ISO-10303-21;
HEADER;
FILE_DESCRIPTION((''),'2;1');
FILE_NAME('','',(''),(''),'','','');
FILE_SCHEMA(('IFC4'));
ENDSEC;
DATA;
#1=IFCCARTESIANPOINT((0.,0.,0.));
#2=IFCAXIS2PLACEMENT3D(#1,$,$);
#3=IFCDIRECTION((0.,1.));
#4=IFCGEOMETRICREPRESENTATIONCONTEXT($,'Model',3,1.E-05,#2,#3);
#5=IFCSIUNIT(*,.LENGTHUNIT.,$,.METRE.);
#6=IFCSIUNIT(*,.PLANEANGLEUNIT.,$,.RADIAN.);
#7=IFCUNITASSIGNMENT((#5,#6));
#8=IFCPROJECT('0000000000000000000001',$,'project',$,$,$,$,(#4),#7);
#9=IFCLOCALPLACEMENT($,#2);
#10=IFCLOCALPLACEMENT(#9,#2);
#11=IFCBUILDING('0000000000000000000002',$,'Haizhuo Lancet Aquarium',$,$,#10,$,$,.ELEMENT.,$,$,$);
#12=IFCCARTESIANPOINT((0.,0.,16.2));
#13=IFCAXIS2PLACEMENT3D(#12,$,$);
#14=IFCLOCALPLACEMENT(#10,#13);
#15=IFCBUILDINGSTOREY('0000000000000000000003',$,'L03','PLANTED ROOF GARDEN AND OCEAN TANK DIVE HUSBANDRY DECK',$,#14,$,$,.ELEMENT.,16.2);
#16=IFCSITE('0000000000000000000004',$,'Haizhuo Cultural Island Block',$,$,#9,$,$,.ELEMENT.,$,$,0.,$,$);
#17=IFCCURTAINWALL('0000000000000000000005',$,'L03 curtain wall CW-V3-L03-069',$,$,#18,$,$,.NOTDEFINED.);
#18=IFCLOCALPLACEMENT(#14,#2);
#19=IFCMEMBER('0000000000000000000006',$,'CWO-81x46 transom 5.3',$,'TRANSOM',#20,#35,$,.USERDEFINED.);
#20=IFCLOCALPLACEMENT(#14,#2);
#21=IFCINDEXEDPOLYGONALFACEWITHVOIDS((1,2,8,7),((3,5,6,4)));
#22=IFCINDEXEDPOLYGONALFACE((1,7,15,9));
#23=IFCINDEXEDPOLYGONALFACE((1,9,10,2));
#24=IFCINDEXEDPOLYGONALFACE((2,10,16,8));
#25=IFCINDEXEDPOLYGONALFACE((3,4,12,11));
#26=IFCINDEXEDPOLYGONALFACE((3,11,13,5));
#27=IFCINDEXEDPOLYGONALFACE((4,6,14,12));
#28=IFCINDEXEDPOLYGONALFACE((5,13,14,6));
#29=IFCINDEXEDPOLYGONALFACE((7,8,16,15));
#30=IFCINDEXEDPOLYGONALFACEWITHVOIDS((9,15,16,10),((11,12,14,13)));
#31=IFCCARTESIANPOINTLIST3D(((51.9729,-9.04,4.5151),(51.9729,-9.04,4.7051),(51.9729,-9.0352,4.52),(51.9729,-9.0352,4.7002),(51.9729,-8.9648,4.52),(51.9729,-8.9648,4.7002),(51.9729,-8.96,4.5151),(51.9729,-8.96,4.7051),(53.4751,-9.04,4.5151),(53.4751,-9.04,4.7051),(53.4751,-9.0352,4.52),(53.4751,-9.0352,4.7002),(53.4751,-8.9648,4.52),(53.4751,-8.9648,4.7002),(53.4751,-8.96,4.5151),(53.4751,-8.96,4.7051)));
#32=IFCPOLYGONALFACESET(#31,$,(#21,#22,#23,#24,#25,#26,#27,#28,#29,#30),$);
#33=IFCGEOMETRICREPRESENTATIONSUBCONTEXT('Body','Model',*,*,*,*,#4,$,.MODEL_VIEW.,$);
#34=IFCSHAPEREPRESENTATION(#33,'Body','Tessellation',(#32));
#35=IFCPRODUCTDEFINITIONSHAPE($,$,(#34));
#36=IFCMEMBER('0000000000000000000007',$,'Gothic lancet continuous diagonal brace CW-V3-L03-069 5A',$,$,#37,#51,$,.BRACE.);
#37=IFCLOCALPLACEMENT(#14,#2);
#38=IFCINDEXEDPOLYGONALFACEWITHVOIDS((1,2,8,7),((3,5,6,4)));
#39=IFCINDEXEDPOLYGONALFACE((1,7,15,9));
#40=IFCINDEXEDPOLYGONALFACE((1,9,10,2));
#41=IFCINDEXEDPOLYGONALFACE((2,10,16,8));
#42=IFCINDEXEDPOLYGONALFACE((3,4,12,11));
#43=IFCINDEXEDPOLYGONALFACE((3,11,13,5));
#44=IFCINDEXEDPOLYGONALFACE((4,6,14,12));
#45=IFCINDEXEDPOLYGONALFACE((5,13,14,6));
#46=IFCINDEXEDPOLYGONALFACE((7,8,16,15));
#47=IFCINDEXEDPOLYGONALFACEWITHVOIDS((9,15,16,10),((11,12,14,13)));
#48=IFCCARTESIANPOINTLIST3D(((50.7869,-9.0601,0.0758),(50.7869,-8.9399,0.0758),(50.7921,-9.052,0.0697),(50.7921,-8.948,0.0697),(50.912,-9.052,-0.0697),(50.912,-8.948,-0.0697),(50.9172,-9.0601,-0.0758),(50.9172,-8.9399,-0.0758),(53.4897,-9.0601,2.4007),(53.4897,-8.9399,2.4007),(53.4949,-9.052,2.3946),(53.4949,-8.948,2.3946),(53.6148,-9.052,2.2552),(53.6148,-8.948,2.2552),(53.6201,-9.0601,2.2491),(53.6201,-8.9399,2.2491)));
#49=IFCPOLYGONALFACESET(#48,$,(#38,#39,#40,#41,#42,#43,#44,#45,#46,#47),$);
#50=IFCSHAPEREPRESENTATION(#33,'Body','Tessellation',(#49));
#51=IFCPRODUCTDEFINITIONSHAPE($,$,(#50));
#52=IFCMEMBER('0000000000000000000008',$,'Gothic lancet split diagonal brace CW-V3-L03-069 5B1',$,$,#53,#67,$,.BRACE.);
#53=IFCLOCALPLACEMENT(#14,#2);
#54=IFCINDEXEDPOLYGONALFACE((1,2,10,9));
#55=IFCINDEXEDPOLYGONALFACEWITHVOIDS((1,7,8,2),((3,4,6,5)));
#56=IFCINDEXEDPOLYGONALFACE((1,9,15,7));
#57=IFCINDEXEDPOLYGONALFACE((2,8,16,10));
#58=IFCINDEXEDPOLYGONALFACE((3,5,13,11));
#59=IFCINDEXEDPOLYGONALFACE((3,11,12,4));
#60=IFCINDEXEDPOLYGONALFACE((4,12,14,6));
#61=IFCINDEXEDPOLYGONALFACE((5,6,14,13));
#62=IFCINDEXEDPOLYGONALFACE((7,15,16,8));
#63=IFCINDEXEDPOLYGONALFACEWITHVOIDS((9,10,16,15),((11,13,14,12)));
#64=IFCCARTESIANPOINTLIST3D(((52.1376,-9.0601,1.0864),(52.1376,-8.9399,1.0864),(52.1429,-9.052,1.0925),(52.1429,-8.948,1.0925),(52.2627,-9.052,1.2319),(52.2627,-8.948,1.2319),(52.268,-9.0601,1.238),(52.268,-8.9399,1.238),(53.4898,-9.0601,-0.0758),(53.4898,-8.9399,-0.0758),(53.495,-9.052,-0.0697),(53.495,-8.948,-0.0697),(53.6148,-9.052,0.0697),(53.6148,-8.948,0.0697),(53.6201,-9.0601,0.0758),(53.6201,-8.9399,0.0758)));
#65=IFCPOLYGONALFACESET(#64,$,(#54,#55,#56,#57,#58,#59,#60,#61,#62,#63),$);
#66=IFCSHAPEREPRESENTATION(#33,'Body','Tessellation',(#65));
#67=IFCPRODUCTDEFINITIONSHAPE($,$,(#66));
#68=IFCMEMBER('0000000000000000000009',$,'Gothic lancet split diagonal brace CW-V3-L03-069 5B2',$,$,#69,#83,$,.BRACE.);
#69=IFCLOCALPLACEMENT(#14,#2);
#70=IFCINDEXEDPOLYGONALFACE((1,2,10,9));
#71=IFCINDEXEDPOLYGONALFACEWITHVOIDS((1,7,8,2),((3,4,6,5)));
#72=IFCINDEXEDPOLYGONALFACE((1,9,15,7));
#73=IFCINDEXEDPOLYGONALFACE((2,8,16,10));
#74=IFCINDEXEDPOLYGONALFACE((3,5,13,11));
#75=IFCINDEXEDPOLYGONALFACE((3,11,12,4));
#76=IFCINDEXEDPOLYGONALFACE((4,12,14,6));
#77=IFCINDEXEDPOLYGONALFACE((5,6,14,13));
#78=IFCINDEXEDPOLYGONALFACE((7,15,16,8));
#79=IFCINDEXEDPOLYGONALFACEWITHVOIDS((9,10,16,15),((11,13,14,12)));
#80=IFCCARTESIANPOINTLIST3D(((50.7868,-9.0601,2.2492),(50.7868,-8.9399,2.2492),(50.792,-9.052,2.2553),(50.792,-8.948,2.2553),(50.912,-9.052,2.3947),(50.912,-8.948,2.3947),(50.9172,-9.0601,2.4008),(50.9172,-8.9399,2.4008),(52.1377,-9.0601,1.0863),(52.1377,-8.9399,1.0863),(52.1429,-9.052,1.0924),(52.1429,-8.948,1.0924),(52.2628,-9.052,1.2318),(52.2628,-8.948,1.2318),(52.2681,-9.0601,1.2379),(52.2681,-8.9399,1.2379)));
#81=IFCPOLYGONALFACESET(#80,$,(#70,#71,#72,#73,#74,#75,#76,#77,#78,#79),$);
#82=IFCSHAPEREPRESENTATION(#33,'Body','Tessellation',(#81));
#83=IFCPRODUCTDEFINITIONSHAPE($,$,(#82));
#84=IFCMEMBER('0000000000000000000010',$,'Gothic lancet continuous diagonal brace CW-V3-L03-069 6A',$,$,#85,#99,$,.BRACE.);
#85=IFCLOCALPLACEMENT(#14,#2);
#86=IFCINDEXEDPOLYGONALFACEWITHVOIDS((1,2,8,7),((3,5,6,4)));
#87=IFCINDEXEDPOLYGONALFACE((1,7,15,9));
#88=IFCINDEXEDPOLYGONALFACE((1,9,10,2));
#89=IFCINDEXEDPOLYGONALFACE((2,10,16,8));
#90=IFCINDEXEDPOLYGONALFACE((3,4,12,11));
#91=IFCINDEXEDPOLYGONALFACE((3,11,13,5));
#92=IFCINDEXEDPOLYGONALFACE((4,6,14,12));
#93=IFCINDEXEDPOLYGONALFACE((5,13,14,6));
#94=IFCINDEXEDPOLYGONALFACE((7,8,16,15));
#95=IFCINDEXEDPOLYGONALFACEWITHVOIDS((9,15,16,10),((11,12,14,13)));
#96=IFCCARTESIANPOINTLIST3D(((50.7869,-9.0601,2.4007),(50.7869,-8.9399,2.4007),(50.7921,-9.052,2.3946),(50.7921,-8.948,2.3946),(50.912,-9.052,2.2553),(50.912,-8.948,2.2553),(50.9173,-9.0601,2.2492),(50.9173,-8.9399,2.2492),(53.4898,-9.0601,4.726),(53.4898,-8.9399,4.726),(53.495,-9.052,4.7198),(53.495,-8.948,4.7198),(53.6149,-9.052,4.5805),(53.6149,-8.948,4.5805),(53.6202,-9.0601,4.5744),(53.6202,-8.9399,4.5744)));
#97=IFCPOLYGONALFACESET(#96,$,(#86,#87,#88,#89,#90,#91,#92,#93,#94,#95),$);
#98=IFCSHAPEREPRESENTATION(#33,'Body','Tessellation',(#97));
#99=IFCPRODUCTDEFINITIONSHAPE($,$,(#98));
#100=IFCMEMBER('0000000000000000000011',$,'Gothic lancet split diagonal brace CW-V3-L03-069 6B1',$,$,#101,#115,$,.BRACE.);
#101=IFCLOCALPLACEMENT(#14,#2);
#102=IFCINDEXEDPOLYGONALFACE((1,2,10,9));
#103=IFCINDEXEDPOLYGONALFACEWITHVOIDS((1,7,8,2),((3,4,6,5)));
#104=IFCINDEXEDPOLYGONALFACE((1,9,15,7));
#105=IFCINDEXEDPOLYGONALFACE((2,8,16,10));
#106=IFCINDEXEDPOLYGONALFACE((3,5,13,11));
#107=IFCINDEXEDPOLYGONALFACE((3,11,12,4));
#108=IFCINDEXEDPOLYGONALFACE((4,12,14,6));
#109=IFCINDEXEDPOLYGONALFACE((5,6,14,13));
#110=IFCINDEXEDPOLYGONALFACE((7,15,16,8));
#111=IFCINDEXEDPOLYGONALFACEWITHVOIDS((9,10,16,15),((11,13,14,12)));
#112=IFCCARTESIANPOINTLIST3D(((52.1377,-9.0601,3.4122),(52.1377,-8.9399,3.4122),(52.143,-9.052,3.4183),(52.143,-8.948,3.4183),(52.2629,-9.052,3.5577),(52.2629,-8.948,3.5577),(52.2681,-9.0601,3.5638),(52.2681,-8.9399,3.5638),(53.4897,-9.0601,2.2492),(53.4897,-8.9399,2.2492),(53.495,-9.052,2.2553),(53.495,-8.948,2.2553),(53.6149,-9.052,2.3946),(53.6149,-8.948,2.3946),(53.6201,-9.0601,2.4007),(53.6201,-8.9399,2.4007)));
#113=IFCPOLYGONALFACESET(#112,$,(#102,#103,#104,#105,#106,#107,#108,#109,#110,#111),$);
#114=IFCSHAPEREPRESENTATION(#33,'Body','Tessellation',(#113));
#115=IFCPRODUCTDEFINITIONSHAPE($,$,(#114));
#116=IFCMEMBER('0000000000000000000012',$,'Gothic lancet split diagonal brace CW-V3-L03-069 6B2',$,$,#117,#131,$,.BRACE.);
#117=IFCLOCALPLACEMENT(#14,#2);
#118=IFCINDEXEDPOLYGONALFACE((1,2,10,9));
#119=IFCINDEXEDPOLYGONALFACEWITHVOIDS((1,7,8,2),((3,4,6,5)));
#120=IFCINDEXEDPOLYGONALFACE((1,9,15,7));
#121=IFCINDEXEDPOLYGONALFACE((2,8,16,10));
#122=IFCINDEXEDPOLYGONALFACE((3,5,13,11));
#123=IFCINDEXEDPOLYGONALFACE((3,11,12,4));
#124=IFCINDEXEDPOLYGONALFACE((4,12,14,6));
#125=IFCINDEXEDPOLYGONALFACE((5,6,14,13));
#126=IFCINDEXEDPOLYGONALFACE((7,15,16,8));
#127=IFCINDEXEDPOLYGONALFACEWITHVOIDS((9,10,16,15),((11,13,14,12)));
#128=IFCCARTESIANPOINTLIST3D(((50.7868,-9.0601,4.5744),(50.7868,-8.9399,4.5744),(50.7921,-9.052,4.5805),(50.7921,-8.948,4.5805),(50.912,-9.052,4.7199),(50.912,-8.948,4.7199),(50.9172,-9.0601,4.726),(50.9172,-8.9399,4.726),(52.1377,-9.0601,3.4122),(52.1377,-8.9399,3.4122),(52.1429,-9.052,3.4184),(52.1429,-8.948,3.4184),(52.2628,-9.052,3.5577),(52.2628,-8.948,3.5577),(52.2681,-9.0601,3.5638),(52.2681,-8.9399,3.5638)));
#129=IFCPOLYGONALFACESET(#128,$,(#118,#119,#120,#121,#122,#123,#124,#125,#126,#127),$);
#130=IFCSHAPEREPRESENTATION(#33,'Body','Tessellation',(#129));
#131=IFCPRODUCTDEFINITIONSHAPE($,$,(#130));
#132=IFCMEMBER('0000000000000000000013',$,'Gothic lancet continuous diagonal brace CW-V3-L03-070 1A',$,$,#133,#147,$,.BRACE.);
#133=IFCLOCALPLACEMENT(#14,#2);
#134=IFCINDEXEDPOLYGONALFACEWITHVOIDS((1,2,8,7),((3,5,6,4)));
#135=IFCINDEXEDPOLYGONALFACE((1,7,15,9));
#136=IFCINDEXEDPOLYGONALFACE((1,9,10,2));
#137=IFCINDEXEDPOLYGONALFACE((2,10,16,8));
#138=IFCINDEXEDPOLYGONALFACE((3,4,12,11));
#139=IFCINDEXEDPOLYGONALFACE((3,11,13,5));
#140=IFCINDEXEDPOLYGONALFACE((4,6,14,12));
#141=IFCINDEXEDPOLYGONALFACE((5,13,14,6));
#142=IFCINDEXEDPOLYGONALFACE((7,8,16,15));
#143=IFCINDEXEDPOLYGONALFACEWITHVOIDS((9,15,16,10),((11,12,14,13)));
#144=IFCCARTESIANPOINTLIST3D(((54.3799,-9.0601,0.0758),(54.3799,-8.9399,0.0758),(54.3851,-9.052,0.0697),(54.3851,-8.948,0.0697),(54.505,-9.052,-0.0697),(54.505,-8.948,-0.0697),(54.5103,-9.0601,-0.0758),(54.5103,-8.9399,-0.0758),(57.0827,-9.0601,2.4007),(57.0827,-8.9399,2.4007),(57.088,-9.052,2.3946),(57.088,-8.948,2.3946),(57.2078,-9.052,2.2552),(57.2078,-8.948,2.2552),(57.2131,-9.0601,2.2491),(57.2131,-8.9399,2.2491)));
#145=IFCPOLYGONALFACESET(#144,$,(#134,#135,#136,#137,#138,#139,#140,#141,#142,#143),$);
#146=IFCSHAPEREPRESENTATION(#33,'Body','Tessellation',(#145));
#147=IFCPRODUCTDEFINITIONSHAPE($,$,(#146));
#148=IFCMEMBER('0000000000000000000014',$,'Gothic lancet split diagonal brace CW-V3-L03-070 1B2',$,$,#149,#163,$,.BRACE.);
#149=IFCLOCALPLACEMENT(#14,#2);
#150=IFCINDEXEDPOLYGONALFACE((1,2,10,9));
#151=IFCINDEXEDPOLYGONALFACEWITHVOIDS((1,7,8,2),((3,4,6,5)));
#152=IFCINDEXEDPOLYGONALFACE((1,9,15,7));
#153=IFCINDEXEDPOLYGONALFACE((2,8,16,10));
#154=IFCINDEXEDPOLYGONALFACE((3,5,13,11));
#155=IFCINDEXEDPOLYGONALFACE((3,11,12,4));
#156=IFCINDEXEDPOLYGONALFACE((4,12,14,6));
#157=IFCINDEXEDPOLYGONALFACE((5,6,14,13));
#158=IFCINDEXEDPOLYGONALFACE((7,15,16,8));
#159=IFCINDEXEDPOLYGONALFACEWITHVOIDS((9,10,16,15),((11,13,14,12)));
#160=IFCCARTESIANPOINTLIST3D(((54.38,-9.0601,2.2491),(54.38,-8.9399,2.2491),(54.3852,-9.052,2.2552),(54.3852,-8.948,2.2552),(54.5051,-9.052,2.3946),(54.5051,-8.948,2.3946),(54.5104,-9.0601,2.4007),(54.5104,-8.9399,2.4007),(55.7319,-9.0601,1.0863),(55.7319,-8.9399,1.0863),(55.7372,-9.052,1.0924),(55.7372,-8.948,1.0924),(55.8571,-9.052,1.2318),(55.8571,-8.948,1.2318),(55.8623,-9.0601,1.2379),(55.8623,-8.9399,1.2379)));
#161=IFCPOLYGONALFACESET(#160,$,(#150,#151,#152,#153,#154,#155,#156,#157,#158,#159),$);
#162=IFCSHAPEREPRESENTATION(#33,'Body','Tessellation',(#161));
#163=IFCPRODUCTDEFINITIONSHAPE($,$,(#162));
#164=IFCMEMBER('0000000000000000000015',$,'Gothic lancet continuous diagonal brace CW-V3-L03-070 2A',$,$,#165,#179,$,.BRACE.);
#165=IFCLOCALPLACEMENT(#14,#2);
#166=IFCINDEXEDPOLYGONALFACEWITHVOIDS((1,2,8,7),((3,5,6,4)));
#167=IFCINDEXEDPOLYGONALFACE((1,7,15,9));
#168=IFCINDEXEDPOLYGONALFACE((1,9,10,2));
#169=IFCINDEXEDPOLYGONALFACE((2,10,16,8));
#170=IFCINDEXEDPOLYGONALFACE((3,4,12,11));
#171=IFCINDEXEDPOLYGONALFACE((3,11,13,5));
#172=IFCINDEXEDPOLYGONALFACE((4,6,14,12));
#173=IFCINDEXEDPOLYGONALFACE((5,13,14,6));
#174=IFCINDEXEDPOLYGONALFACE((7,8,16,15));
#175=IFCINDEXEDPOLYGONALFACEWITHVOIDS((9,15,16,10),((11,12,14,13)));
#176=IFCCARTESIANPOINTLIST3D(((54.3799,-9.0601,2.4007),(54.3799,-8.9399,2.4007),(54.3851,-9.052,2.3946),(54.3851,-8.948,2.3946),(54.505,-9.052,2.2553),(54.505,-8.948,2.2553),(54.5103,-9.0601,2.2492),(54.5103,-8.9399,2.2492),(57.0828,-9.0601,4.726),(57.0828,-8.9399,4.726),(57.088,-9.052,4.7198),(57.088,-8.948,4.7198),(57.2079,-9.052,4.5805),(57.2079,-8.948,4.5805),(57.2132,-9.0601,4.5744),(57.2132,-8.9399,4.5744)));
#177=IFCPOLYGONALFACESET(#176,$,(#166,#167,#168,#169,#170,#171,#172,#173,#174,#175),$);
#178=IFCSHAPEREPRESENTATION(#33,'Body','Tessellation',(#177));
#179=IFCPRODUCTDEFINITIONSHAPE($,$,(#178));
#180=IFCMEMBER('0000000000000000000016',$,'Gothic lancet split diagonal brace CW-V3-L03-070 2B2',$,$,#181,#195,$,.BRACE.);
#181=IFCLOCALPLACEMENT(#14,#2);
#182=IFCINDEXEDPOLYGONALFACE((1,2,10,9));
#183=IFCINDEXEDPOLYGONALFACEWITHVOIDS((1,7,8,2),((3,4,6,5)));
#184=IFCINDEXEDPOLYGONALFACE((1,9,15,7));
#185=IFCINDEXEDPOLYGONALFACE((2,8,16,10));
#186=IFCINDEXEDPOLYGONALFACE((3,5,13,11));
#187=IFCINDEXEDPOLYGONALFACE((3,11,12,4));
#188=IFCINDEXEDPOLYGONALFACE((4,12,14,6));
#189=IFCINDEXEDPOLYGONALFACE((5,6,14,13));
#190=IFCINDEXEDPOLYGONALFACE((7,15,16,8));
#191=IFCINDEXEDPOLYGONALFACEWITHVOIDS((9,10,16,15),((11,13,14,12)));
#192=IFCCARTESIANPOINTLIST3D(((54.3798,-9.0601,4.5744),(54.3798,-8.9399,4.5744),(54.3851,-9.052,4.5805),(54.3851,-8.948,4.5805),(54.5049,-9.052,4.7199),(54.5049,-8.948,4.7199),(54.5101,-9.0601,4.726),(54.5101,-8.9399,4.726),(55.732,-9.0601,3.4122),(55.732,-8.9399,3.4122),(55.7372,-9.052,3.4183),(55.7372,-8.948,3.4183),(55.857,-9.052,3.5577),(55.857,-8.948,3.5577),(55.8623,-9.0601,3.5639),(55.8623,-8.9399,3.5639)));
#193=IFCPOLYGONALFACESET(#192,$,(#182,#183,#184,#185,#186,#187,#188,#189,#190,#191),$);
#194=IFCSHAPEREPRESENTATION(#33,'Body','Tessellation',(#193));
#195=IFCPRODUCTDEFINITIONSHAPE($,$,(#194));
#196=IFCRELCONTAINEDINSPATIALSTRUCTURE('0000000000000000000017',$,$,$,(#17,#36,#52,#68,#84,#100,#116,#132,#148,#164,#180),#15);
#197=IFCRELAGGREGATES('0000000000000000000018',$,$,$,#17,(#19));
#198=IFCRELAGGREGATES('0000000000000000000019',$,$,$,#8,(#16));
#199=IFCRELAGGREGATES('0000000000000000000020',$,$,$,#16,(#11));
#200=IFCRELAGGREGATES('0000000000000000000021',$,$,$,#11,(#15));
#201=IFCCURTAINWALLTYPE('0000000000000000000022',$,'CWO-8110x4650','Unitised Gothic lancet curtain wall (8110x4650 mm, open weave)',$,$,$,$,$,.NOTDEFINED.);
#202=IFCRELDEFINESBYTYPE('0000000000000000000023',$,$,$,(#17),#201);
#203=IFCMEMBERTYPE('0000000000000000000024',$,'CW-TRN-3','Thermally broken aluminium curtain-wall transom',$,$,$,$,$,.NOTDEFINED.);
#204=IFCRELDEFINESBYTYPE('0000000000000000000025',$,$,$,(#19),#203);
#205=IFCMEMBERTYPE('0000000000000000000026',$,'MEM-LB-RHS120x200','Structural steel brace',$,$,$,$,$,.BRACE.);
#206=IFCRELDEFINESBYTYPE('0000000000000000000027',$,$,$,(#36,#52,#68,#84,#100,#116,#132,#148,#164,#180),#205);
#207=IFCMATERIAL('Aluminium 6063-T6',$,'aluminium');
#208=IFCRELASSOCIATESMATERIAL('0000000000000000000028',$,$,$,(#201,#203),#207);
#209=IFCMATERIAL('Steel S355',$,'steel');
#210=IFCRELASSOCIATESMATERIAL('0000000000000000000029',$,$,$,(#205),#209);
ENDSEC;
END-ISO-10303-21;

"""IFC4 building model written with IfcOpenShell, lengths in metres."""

from ifc_helpers import new_model, si_unit, direction, frame, origin, origin_2d, place, context, subcontext, project, spatial, hollow_rectangle, extrude, material, material_profile, profile_set, type_object, element, aggregate, save


model = new_model("IFC4")

# Units and contexts
model_context = context("Model", 3, precision=1e-05, world=origin(), true_north=direction((0.0, 1.0)))
body_context = subcontext(model_context, "Body", "Model", "MODEL_VIEW")
ifc_project = project(units=[si_unit("LENGTHUNIT", "METRE"), si_unit("PLANEANGLEUNIT", "RADIAN")], contexts=[model_context])

# Site, building, storey
site_placement = place(None, origin())
site = spatial("IfcSite", under=ifc_project, at=site_placement, Name="Haizhuo Cultural Island Block", CompositionType="ELEMENT", RefElevation=0.0)
building_placement = place(site_placement, origin())
building = spatial("IfcBuilding", under=site, at=building_placement, Name="Haizhuo Lancet Aquarium", CompositionType="ELEMENT")
storey_placement = place(building_placement, frame((0.0, 0.0, 16.2)))
storey = spatial("IfcBuildingStorey", under=building, at=storey_placement, Name="L03", Description="PLANTED ROOF GARDEN AND OCEAN TANK DIVE HUSBANDRY DECK", CompositionType="ELEMENT", Elevation=16.2)

# Shared definitions
ifc_material_1 = material(Name="Aluminium 6063-T6", Category="aluminium")
curtain_wall_type = type_object("IfcCurtainWallType", Name="CWO-8110x4650", Description="Unitised Gothic lancet curtain wall (8110x4650 mm, open weave)", PredefinedType="NOTDEFINED", material=ifc_material_1)

# Curtain wall
curtain_wall_1_placement = place(storey_placement, origin())
curtain_wall_1 = element("IfcCurtainWall", 1, at=curtain_wall_1_placement, inside=storey, type_object=curtain_wall_type, Name="L03 curtain wall CW-V3-L03-069", PredefinedType="NOTDEFINED")

# Member
ifc_material_profile_1 = material_profile(ifc_material_1, hollow_rectangle(XDim=0.0801, YDim=0.1899, WallThickness=0.0049, at=origin_2d()), Name="ALU-T 80x190x5")
ifc_profile_set_1 = profile_set([ifc_material_profile_1], Name="Aluminium 6063-T6")
member_type_1 = type_object("IfcMemberType", Name="CW-TRN-3", Description="Thermally broken aluminium curtain-wall transom", PredefinedType="NOTDEFINED", material=ifc_profile_set_1)
member_1_placement = place(storey_placement, frame((51.9729, -9.0, 4.6101), z_axis=(1.0, 0.0, 0.0), x_axis=(0.0, 1.0, 0.0)))
member_1 = element("IfcMember", 2, at=member_1_placement, type_object=member_type_1, Name="CWO-81x46 transom 5.3", ObjectType="TRANSOM", PredefinedType="USERDEFINED", context=body_context, shape_type="SweptSolid", body=[
    extrude(hollow_rectangle(XDim=0.0801, YDim=0.1899, WallThickness=0.0049, at=origin_2d()), origin(), (0.0, 0.0, 1.0), 1.5022),
])

# Members
ifc_material_2 = material(Name="Steel S355", Category="steel")
ifc_material_profile_2 = material_profile(ifc_material_2, hollow_rectangle(XDim=0.1201, YDim=0.2, WallThickness=0.0081, at=origin_2d()), Name="RHS 120x200x8")
ifc_profile_set_2 = profile_set([ifc_material_profile_2], Name="Steel S355")
member_type_2 = type_object("IfcMemberType", Name="MEM-LB-RHS120x200", Description="Structural steel brace", PredefinedType="BRACE", material=ifc_profile_set_2)
member_2_placement = place(storey_placement, frame((50.8521, -9.0, 0.0), z_axis=(0.75812, 0.0, 0.652116), x_axis=(0.0, 1.0, 0.0)))
element("IfcMember", 3, at=member_2_placement, inside=storey, type_object=member_type_2, Name="Gothic lancet continuous diagonal brace CW-V3-L03-069 5A", PredefinedType="BRACE", context=body_context, shape_type="SweptSolid", body=[
    extrude(hollow_rectangle(XDim=0.1201, YDim=0.2, WallThickness=0.0081, at=origin_2d()), origin(), (0.0, 0.0, 1.0), 3.5652),
])
member_3_placement = place(storey_placement, frame((53.5549, -9.0, 0.0), z_axis=(-0.758367, 0.0, 0.651828), x_axis=(0.0, -1.0, 0.0)))
element("IfcMember", 4, at=member_3_placement, inside=storey, type_object=member_type_2, Name="Gothic lancet split diagonal brace CW-V3-L03-069 5B1", PredefinedType="BRACE", context=body_context, shape_type="SweptSolid", body=[
    extrude(hollow_rectangle(XDim=0.1201, YDim=0.2, WallThickness=0.0081, at=origin_2d()), origin(), (0.0, 0.0, 1.0), 1.783),
])
member_4_placement = place(storey_placement, frame((52.2029, -9.0, 1.1621), z_axis=(-0.757872, 0.0, 0.652403), x_axis=(0.0, -1.0, 0.0)))
element("IfcMember", 5, at=member_4_placement, inside=storey, type_object=member_type_2, Name="Gothic lancet split diagonal brace CW-V3-L03-069 5B2", PredefinedType="BRACE", context=body_context, shape_type="SweptSolid", body=[
    extrude(hollow_rectangle(XDim=0.1201, YDim=0.2, WallThickness=0.0081, at=origin_2d()), origin(), (0.0, 0.0, 1.0), 1.7825),
])
member_5_placement = place(storey_placement, frame((50.8521, -9.0, 2.325), z_axis=(0.758086, 0.0, 0.652155), x_axis=(0.0, 1.0, 0.0)))
element("IfcMember", 6, at=member_5_placement, inside=storey, type_object=member_type_2, Name="Gothic lancet continuous diagonal brace CW-V3-L03-069 6A", PredefinedType="BRACE", context=body_context, shape_type="SweptSolid", body=[
    extrude(hollow_rectangle(XDim=0.1201, YDim=0.2, WallThickness=0.0081, at=origin_2d()), origin(), (0.0, 0.0, 1.0), 3.5654),
])
member_6_placement = place(storey_placement, frame((53.5549, -9.0, 2.325), z_axis=(-0.758096, 0.0, 0.652143), x_axis=(0.0, -1.0, 0.0)))
element("IfcMember", 7, at=member_6_placement, inside=storey, type_object=member_type_2, Name="Gothic lancet split diagonal brace CW-V3-L03-069 6B1", PredefinedType="BRACE", context=body_context, shape_type="SweptSolid", body=[
    extrude(hollow_rectangle(XDim=0.1201, YDim=0.2, WallThickness=0.0081, at=origin_2d()), origin(), (0.0, 0.0, 1.0), 1.7834),
])
member_7_placement = place(storey_placement, frame((52.2029, -9.0, 3.488), z_axis=(-0.758075, 0.0, 0.652167), x_axis=(0.0, -1.0, 0.0)))
element("IfcMember", 8, at=member_7_placement, inside=storey, type_object=member_type_2, Name="Gothic lancet split diagonal brace CW-V3-L03-069 6B2", PredefinedType="BRACE", context=body_context, shape_type="SweptSolid", body=[
    extrude(hollow_rectangle(XDim=0.1201, YDim=0.2, WallThickness=0.0081, at=origin_2d()), origin(), (0.0, 0.0, 1.0), 1.782),
])
member_8_placement = place(storey_placement, frame((54.4451, -9.0, 0.0), z_axis=(0.75812, 0.0, 0.652116), x_axis=(0.0, 1.0, 0.0)))
element("IfcMember", 9, at=member_8_placement, inside=storey, type_object=member_type_2, Name="Gothic lancet continuous diagonal brace CW-V3-L03-070 1A", PredefinedType="BRACE", context=body_context, shape_type="SweptSolid", body=[
    extrude(hollow_rectangle(XDim=0.1201, YDim=0.2, WallThickness=0.0081, at=origin_2d()), origin(), (0.0, 0.0, 1.0), 3.5652),
])
member_9_placement = place(storey_placement, frame((55.7971, -9.0, 1.1621), z_axis=(-0.758164, 0.0, 0.652064), x_axis=(0.0, -1.0, 0.0)))
element("IfcMember", 10, at=member_9_placement, inside=storey, type_object=member_type_2, Name="Gothic lancet split diagonal brace CW-V3-L03-070 1B2", PredefinedType="BRACE", context=body_context, shape_type="SweptSolid", body=[
    extrude(hollow_rectangle(XDim=0.1201, YDim=0.2, WallThickness=0.0081, at=origin_2d()), origin(), (0.0, 0.0, 1.0), 1.7832),
])
member_10_placement = place(storey_placement, frame((54.4451, -9.0, 2.325), z_axis=(0.758086, 0.0, 0.652155), x_axis=(0.0, 1.0, 0.0)))
element("IfcMember", 11, at=member_10_placement, inside=storey, type_object=member_type_2, Name="Gothic lancet continuous diagonal brace CW-V3-L03-070 2A", PredefinedType="BRACE", context=body_context, shape_type="SweptSolid", body=[
    extrude(hollow_rectangle(XDim=0.1201, YDim=0.2, WallThickness=0.0081, at=origin_2d()), origin(), (0.0, 0.0, 1.0), 3.5654),
])
member_11_placement = place(storey_placement, frame((55.7971, -9.0, 3.488), z_axis=(-0.758367, 0.0, 0.651828), x_axis=(0.0, -1.0, 0.0)))
element("IfcMember", 12, at=member_11_placement, inside=storey, type_object=member_type_2, Name="Gothic lancet split diagonal brace CW-V3-L03-070 2B2", PredefinedType="BRACE", context=body_context, shape_type="SweptSolid", body=[
    extrude(hollow_rectangle(XDim=0.1201, YDim=0.2, WallThickness=0.0081, at=origin_2d()), origin(), (0.0, 0.0, 1.0), 1.783),
])

aggregate(curtain_wall_1, [member_1])

save(model, "model.ifc")
